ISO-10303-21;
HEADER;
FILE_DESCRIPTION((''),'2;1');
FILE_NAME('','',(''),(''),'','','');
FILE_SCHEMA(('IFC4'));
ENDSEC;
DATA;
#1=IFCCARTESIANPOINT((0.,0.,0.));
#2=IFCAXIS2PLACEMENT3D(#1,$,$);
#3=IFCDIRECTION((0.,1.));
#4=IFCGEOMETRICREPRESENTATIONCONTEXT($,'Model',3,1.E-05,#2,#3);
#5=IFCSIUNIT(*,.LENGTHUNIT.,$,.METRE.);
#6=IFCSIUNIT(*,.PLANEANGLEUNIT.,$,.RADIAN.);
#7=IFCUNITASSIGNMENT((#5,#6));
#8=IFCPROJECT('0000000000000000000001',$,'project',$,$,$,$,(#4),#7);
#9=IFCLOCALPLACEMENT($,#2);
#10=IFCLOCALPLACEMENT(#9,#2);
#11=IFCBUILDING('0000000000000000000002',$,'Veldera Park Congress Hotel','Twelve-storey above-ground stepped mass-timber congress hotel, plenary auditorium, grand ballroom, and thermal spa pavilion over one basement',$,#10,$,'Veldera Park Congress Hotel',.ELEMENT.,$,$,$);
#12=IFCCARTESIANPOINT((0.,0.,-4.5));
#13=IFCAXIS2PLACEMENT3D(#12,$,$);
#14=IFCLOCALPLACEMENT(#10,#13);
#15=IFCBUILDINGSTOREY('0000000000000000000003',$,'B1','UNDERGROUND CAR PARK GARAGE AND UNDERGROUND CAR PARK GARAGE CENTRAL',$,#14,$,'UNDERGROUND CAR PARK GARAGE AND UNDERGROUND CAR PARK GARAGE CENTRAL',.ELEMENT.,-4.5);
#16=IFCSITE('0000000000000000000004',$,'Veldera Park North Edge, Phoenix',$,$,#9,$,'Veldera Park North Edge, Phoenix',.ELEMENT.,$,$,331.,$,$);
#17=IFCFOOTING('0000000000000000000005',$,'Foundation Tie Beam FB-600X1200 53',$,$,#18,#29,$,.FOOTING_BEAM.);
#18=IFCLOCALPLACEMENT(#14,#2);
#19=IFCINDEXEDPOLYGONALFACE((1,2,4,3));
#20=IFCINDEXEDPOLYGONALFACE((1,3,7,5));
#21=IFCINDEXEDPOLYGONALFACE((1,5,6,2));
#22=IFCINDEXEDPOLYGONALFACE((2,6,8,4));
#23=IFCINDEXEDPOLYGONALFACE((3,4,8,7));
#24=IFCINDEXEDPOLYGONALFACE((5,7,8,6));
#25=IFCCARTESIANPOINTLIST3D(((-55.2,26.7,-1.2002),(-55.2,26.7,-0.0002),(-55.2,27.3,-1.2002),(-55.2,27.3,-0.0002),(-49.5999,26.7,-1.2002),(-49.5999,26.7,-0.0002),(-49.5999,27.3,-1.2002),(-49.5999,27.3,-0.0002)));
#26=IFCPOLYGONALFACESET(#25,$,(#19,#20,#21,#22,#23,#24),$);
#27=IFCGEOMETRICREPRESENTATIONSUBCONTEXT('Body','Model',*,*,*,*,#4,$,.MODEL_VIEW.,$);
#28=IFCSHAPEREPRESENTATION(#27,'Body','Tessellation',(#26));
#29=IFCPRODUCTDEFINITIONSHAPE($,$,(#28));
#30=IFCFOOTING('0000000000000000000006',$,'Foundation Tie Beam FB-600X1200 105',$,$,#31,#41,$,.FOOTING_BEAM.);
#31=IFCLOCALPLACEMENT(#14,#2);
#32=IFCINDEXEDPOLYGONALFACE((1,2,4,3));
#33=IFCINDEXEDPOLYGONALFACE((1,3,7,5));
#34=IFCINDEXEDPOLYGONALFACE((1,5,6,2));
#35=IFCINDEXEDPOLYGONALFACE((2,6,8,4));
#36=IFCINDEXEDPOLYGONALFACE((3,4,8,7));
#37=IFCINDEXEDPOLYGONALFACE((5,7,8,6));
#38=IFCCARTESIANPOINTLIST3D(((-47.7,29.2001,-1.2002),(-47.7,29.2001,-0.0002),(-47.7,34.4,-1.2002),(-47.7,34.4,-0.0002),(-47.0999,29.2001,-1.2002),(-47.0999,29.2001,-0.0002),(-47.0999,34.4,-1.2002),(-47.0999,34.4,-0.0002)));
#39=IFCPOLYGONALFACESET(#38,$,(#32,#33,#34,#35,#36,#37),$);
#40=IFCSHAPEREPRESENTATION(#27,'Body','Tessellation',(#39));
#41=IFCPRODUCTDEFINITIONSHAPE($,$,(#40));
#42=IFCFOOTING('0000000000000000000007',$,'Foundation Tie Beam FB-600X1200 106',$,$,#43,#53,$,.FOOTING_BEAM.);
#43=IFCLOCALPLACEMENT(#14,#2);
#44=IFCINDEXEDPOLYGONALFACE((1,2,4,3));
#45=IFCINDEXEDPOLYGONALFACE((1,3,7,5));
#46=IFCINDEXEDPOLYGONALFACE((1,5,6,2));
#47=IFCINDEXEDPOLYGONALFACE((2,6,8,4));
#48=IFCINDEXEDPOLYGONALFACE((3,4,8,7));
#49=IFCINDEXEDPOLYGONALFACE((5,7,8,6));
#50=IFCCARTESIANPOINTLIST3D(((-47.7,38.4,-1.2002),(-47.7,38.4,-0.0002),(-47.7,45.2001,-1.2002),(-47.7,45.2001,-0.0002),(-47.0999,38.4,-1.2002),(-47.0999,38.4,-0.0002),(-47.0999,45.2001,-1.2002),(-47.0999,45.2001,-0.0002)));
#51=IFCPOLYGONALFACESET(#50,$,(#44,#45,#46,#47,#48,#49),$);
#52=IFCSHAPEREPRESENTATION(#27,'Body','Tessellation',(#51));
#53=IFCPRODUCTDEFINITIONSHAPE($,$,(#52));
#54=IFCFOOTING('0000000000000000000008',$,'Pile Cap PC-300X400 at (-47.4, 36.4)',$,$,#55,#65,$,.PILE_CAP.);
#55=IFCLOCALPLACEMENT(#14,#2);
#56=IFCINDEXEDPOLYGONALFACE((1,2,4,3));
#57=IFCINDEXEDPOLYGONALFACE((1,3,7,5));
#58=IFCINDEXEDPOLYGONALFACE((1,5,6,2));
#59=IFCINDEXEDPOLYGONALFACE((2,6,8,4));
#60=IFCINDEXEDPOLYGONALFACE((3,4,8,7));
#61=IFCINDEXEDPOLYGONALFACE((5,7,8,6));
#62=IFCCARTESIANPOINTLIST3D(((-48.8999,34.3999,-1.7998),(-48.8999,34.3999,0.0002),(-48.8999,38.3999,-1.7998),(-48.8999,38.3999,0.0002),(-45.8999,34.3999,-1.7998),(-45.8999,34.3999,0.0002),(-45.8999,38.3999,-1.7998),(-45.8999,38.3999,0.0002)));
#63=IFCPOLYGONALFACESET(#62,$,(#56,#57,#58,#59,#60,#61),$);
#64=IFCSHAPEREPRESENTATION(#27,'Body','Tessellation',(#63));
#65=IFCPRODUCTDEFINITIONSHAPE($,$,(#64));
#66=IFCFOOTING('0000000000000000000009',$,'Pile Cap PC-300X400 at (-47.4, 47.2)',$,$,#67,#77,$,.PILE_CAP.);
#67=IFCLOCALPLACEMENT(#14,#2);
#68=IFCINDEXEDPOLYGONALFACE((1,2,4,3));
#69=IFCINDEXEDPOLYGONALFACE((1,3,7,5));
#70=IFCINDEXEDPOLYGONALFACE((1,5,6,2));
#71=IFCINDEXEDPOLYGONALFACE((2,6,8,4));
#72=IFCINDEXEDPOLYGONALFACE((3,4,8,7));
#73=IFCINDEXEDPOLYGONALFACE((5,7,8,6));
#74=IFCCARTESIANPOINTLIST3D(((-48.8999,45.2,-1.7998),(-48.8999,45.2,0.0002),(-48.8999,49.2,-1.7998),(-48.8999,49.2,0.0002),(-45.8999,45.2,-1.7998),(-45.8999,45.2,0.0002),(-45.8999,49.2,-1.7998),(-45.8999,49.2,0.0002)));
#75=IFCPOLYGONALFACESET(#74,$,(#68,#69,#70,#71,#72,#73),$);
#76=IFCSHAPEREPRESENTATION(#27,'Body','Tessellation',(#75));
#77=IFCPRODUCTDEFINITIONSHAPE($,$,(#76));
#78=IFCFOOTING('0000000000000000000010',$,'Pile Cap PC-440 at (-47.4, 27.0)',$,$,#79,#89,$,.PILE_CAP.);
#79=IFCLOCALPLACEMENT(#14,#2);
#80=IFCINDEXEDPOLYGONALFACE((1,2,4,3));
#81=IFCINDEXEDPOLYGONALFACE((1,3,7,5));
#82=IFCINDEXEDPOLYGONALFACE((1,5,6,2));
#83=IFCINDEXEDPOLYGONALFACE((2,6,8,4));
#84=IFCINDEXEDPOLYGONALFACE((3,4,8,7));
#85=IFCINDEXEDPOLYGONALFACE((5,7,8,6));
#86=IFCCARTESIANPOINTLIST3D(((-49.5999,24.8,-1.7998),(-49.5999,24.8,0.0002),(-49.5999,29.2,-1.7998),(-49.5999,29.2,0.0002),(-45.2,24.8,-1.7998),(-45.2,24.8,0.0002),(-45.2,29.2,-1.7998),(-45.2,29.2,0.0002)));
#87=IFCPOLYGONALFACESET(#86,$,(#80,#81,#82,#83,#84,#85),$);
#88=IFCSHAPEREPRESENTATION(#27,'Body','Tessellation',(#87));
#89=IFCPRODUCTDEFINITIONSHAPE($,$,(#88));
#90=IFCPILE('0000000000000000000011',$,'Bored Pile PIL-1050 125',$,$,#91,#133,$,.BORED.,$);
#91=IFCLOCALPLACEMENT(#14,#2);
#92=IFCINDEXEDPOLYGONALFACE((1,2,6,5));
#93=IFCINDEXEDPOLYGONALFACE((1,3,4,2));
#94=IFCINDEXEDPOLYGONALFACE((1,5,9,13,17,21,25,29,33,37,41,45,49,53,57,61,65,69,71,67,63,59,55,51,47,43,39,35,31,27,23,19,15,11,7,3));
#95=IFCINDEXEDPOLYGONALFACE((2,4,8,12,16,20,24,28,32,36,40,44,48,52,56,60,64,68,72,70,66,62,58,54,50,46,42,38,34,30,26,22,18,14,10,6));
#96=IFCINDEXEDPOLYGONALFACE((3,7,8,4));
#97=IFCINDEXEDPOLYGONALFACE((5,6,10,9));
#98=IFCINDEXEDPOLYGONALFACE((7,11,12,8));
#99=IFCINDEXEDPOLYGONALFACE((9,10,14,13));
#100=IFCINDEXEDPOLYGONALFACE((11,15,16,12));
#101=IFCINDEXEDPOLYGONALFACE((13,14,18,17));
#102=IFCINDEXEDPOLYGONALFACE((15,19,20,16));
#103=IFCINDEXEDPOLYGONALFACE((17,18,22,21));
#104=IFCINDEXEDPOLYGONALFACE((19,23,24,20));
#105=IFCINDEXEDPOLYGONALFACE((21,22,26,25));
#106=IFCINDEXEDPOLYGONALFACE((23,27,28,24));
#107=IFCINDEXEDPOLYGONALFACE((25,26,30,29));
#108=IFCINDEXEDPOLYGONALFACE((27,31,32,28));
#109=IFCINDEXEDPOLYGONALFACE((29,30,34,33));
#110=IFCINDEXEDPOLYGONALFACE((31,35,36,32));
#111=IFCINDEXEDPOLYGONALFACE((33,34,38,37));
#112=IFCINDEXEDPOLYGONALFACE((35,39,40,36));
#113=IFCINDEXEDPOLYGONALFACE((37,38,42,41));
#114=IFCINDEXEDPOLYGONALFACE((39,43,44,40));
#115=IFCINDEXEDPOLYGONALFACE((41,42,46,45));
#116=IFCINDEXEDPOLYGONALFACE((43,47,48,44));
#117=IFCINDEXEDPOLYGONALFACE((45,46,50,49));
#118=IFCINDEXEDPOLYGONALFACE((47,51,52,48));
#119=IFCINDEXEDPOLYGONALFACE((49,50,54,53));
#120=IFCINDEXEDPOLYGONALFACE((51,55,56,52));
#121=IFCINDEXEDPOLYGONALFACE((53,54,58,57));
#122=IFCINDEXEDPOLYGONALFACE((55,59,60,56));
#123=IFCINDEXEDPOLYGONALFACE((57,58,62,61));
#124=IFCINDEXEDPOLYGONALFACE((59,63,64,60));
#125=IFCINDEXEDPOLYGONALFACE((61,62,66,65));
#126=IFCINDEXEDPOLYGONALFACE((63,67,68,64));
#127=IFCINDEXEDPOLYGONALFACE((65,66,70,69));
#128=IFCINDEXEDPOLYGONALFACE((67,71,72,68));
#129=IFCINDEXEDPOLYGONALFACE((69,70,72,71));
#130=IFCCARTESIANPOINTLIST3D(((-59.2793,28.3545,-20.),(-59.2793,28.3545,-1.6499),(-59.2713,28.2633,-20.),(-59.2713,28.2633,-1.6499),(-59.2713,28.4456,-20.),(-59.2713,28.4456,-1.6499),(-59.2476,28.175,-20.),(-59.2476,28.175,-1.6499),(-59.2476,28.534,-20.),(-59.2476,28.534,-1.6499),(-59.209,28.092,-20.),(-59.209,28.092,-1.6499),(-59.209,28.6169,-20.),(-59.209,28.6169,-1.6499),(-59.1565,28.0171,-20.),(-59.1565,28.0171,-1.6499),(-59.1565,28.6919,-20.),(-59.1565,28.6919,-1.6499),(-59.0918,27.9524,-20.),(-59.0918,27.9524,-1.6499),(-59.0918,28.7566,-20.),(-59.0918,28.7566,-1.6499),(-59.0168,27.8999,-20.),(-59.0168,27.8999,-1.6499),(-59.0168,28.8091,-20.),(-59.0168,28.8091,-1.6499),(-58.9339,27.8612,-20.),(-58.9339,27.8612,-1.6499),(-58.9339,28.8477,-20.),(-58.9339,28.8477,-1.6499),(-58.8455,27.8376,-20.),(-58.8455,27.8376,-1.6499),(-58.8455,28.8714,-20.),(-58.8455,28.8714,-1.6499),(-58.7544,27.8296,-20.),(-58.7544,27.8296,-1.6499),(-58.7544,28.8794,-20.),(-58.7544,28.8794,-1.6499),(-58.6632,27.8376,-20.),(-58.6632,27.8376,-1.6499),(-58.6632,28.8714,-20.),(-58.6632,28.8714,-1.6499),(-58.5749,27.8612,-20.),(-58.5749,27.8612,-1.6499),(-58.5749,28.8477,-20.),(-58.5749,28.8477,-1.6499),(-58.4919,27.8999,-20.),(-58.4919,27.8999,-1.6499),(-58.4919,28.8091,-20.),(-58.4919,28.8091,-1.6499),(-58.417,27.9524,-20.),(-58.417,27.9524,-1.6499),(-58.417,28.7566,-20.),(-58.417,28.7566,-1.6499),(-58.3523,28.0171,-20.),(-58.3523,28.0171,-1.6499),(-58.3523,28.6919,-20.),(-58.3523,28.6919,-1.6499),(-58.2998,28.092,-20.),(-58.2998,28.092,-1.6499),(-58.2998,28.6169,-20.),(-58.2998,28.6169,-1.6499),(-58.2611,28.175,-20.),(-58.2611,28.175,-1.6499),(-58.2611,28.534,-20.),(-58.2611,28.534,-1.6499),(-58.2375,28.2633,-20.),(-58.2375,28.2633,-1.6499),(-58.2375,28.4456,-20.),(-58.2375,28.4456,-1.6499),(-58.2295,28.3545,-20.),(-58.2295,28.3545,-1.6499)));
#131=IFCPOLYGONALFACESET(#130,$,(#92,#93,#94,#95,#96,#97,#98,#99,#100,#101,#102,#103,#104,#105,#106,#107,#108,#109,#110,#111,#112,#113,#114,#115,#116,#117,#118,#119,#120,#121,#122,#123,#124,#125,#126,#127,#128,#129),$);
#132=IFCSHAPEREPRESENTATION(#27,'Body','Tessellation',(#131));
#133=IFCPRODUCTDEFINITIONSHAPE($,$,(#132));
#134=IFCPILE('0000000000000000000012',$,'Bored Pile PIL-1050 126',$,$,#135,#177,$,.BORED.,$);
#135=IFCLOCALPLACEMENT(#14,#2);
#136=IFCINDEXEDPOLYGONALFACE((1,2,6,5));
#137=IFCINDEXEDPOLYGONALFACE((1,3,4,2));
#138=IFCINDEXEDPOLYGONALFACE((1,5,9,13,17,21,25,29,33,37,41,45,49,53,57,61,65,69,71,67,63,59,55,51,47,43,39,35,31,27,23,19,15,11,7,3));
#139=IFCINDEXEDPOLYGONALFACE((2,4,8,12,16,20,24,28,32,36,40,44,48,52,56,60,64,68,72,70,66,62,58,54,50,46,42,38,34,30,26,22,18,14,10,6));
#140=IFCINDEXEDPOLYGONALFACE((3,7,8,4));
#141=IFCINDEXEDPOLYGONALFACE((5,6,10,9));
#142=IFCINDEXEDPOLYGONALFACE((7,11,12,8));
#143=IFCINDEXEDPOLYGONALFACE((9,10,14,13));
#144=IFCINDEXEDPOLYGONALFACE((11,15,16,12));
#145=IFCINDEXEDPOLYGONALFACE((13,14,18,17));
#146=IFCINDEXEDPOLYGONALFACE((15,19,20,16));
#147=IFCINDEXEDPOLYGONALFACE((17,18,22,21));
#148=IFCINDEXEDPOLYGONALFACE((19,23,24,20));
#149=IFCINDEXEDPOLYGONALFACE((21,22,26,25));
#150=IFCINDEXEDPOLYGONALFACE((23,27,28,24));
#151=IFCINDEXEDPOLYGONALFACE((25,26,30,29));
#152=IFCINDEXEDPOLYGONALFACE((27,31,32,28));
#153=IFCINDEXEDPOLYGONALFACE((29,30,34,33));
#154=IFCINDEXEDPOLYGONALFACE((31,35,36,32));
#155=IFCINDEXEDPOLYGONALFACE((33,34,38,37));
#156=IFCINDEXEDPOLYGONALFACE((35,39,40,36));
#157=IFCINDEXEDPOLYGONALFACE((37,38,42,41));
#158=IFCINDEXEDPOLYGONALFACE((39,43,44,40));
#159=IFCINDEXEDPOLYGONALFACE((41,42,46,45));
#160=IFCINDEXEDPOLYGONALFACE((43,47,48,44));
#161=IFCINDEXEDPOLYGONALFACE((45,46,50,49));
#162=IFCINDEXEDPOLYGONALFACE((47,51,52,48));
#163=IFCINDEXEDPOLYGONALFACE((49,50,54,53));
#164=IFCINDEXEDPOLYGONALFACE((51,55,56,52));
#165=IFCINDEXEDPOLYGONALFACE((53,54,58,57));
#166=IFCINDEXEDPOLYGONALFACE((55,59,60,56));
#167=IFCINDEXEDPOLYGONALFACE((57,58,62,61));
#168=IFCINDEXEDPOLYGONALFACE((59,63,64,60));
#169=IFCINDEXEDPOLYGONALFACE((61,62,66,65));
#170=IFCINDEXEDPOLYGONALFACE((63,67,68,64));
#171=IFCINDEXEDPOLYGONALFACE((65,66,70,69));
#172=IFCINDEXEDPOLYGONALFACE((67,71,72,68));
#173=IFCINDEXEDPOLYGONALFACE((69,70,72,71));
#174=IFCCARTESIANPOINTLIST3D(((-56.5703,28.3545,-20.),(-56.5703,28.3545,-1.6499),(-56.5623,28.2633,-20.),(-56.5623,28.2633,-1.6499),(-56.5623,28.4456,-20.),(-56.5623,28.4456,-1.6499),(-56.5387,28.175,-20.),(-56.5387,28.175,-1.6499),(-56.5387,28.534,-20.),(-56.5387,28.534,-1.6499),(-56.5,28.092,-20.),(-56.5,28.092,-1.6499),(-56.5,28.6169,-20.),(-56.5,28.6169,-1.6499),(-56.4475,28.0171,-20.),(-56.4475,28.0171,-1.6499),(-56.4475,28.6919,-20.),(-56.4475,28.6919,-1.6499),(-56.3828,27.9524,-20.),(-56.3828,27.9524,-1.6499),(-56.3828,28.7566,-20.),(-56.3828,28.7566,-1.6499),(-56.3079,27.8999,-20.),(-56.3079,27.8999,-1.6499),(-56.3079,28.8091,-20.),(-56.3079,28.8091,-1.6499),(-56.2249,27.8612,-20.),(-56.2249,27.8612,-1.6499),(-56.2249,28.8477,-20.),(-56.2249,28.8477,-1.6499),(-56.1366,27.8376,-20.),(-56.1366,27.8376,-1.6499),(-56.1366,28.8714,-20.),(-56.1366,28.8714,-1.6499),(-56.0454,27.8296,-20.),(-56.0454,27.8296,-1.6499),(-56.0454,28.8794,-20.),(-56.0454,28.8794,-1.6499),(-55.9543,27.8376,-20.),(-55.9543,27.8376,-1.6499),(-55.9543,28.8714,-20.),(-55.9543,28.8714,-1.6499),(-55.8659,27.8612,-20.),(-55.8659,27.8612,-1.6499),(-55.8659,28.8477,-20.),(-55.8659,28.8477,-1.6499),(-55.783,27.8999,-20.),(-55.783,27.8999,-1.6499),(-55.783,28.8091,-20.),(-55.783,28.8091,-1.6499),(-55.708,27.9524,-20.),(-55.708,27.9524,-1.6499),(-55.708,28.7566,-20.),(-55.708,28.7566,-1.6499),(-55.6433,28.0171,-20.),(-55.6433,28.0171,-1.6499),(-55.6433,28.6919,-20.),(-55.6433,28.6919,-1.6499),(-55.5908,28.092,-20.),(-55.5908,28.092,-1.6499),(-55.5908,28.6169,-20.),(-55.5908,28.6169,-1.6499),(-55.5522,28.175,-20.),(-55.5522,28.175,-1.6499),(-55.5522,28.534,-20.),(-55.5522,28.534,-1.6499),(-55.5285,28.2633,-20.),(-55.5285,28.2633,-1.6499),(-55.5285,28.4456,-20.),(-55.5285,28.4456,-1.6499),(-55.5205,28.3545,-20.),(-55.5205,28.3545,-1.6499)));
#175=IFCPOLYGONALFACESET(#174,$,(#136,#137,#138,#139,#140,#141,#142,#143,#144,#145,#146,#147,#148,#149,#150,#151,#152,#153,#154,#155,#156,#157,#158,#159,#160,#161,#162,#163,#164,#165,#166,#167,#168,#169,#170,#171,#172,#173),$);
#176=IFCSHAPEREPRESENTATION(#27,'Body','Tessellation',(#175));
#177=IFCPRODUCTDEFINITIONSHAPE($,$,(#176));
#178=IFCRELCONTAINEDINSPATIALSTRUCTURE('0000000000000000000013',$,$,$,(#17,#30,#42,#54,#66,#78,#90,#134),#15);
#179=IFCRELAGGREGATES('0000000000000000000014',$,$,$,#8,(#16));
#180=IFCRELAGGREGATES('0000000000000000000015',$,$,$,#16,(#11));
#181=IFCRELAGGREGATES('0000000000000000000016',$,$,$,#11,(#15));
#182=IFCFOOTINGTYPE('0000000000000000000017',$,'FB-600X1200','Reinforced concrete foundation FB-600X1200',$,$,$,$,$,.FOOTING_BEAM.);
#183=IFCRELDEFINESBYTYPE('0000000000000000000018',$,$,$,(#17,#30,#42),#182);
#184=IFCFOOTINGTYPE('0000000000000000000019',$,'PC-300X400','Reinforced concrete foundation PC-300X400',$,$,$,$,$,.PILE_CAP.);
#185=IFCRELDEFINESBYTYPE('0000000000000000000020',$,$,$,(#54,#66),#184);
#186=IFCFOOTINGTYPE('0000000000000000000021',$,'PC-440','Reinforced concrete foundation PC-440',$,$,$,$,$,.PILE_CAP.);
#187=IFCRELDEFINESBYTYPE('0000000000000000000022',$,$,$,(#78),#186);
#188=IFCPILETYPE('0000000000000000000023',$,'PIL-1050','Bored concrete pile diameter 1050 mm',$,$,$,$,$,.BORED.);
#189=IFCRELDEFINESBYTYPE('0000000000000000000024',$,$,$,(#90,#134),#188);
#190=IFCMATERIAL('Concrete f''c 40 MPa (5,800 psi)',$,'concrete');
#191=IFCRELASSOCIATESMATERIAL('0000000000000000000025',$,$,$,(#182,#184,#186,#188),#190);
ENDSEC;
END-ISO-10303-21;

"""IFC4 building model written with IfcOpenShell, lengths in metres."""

from ifc_helpers import new_model, si_unit, direction, frame, origin, origin_2d, place, context, subcontext, project, spatial, rectangle, circle, extrude, material, material_profile, profile_set, type_object, element, save


model = new_model("IFC4")

# Units and contexts
model_context = context("Model", 3, precision=1e-05, world=origin(), true_north=direction((0.0, 1.0)))
body_context = subcontext(model_context, "Body", "Model", "MODEL_VIEW")
ifc_project = project(units=[si_unit("LENGTHUNIT", "METRE"), si_unit("PLANEANGLEUNIT", "RADIAN")], contexts=[model_context])

# Site, building, storey
site_placement = place(None, origin())
site = spatial("IfcSite", under=ifc_project, at=site_placement, Name="Veldera Park North Edge, Phoenix", LongName="Veldera Park North Edge, Phoenix", CompositionType="ELEMENT", RefElevation=331.0)
building_placement = place(site_placement, origin())
building = spatial("IfcBuilding", under=site, at=building_placement, Name="Veldera Park Congress Hotel", Description="Twelve-storey above-ground stepped mass-timber congress hotel, plenary auditorium, grand ballroom, and thermal spa pavilion over one basement", LongName="Veldera Park Congress Hotel", CompositionType="ELEMENT")
storey_placement = place(building_placement, frame((0.0, 0.0, -4.5)))
storey = spatial("IfcBuildingStorey", under=building, at=storey_placement, Name="B1", Description="UNDERGROUND CAR PARK GARAGE AND UNDERGROUND CAR PARK GARAGE CENTRAL", LongName="UNDERGROUND CAR PARK GARAGE AND UNDERGROUND CAR PARK GARAGE CENTRAL", CompositionType="ELEMENT", Elevation=-4.5)

# Footings
ifc_material_1 = material(Name="Concrete f'c 40 MPa (5,800 psi)", Category="concrete")
footing_type_1 = type_object("IfcFootingType", Name="FB-600X1200", Description="Reinforced concrete foundation FB-600X1200", PredefinedType="FOOTING_BEAM", material=ifc_material_1)
footing_1_placement = place(storey_placement, frame((-52.3999, 27.0, -1.2002), z_axis=(0.0, 0.0, 1.0), x_axis=(1.0, 0.0, 0.0)))
element("IfcFooting", 1, at=footing_1_placement, inside=storey, type_object=footing_type_1, Name="Foundation Tie Beam FB-600X1200 53", PredefinedType="FOOTING_BEAM", context=body_context, shape_type="SweptSolid", body=[
    extrude(rectangle(XDim=5.6001, YDim=0.6001, at=origin_2d()), origin(), (0.0, 0.0, 1.0), 1.2),
])
footing_2_placement = place(storey_placement, frame((-47.3999, 31.8, -1.2002), z_axis=(0.0, 0.0, 1.0), x_axis=(0.0, 1.0, 0.0)))
element("IfcFooting", 2, at=footing_2_placement, inside=storey, type_object=footing_type_1, Name="Foundation Tie Beam FB-600X1200 105", PredefinedType="FOOTING_BEAM", context=body_context, shape_type="SweptSolid", body=[
    extrude(rectangle(XDim=5.2, YDim=0.6001, at=origin_2d()), origin(), (0.0, 0.0, 1.0), 1.2),
])
footing_3_placement = place(storey_placement, frame((-47.3999, 41.8, -1.2002), z_axis=(0.0, 0.0, 1.0), x_axis=(0.0, 1.0, 0.0)))
element("IfcFooting", 3, at=footing_3_placement, inside=storey, type_object=footing_type_1, Name="Foundation Tie Beam FB-600X1200 106", PredefinedType="FOOTING_BEAM", context=body_context, shape_type="SweptSolid", body=[
    extrude(rectangle(XDim=6.8, YDim=0.6001, at=origin_2d()), origin(), (0.0, 0.0, 1.0), 1.2),
])
footing_type_2 = type_object("IfcFootingType", Name="PC-300X400", Description="Reinforced concrete foundation PC-300X400", PredefinedType="PILE_CAP", material=ifc_material_1)
for number, where, z_axis, x_axis, name in (
    (4, (-47.3999, 36.3999, -1.7998), (0.0, 0.0, 1.0), (1.0, 0.0, 0.0), "Pile Cap PC-300X400 at (-47.4, 36.4)"),
    (5, (-47.3999, 47.2, -1.7998), (0.0, 0.0, 1.0), (1.0, 0.0, 0.0), "Pile Cap PC-300X400 at (-47.4, 47.2)"),
):
    element("IfcFooting", number, at=place(storey_placement, frame(where, z_axis=z_axis, x_axis=x_axis)), inside=storey, type_object=footing_type_2, Name=name, PredefinedType="PILE_CAP", context=body_context, shape_type="SweptSolid", body=[
        extrude(rectangle(XDim=3.0, YDim=4.0, at=origin_2d()), origin(), (0.0, 0.0, 1.0), 1.8),
    ])
footing_type_3 = type_object("IfcFootingType", Name="PC-440", Description="Reinforced concrete foundation PC-440", PredefinedType="PILE_CAP", material=ifc_material_1)
footing_4_placement = place(storey_placement, frame((-47.3999, 27.0, -1.7998), z_axis=(0.0, 0.0, 1.0), x_axis=(1.0, 0.0, 0.0)))
element("IfcFooting", 6, at=footing_4_placement, inside=storey, type_object=footing_type_3, Name="Pile Cap PC-440 at (-47.4, 27.0)", PredefinedType="PILE_CAP", context=body_context, shape_type="SweptSolid", body=[
    extrude(rectangle(XDim=4.3999, YDim=4.3999, at=origin_2d()), origin(), (0.0, 0.0, 1.0), 1.8),
])

# Piles
ifc_material_profile_1 = material_profile(ifc_material_1, circle(Radius=0.5249, at=origin_2d()), Name="PILE D1050")
ifc_profile_set_1 = profile_set([ifc_material_profile_1], Name="Concrete f'c 40 MPa (5,800 psi)")
pile_type_1 = type_object("IfcPileType", Name="PIL-1050", Description="Bored concrete pile diameter 1050 mm", PredefinedType="BORED", material=ifc_profile_set_1)
for number, where, z_axis, x_axis, name in (
    (7, (-58.7544, 28.3545, -1.6499), (0.0, 0.0, -1.0), (1.0, 0.0, 0.0), "Bored Pile PIL-1050 125"),
    (8, (-56.0454, 28.3545, -1.6499), (0.0, 0.0, -1.0), (1.0, 0.0, 0.0), "Bored Pile PIL-1050 126"),
):
    element("IfcPile", number, at=place(storey_placement, frame(where, z_axis=z_axis, x_axis=x_axis)), inside=storey, type_object=pile_type_1, Name=name, PredefinedType="BORED", context=body_context, shape_type="SweptSolid", body=[
        extrude(circle(Radius=0.5249, at=origin_2d()), origin(), (0.0, 0.0, 1.0), 18.3501),
    ])

save(model, "model.ifc")
